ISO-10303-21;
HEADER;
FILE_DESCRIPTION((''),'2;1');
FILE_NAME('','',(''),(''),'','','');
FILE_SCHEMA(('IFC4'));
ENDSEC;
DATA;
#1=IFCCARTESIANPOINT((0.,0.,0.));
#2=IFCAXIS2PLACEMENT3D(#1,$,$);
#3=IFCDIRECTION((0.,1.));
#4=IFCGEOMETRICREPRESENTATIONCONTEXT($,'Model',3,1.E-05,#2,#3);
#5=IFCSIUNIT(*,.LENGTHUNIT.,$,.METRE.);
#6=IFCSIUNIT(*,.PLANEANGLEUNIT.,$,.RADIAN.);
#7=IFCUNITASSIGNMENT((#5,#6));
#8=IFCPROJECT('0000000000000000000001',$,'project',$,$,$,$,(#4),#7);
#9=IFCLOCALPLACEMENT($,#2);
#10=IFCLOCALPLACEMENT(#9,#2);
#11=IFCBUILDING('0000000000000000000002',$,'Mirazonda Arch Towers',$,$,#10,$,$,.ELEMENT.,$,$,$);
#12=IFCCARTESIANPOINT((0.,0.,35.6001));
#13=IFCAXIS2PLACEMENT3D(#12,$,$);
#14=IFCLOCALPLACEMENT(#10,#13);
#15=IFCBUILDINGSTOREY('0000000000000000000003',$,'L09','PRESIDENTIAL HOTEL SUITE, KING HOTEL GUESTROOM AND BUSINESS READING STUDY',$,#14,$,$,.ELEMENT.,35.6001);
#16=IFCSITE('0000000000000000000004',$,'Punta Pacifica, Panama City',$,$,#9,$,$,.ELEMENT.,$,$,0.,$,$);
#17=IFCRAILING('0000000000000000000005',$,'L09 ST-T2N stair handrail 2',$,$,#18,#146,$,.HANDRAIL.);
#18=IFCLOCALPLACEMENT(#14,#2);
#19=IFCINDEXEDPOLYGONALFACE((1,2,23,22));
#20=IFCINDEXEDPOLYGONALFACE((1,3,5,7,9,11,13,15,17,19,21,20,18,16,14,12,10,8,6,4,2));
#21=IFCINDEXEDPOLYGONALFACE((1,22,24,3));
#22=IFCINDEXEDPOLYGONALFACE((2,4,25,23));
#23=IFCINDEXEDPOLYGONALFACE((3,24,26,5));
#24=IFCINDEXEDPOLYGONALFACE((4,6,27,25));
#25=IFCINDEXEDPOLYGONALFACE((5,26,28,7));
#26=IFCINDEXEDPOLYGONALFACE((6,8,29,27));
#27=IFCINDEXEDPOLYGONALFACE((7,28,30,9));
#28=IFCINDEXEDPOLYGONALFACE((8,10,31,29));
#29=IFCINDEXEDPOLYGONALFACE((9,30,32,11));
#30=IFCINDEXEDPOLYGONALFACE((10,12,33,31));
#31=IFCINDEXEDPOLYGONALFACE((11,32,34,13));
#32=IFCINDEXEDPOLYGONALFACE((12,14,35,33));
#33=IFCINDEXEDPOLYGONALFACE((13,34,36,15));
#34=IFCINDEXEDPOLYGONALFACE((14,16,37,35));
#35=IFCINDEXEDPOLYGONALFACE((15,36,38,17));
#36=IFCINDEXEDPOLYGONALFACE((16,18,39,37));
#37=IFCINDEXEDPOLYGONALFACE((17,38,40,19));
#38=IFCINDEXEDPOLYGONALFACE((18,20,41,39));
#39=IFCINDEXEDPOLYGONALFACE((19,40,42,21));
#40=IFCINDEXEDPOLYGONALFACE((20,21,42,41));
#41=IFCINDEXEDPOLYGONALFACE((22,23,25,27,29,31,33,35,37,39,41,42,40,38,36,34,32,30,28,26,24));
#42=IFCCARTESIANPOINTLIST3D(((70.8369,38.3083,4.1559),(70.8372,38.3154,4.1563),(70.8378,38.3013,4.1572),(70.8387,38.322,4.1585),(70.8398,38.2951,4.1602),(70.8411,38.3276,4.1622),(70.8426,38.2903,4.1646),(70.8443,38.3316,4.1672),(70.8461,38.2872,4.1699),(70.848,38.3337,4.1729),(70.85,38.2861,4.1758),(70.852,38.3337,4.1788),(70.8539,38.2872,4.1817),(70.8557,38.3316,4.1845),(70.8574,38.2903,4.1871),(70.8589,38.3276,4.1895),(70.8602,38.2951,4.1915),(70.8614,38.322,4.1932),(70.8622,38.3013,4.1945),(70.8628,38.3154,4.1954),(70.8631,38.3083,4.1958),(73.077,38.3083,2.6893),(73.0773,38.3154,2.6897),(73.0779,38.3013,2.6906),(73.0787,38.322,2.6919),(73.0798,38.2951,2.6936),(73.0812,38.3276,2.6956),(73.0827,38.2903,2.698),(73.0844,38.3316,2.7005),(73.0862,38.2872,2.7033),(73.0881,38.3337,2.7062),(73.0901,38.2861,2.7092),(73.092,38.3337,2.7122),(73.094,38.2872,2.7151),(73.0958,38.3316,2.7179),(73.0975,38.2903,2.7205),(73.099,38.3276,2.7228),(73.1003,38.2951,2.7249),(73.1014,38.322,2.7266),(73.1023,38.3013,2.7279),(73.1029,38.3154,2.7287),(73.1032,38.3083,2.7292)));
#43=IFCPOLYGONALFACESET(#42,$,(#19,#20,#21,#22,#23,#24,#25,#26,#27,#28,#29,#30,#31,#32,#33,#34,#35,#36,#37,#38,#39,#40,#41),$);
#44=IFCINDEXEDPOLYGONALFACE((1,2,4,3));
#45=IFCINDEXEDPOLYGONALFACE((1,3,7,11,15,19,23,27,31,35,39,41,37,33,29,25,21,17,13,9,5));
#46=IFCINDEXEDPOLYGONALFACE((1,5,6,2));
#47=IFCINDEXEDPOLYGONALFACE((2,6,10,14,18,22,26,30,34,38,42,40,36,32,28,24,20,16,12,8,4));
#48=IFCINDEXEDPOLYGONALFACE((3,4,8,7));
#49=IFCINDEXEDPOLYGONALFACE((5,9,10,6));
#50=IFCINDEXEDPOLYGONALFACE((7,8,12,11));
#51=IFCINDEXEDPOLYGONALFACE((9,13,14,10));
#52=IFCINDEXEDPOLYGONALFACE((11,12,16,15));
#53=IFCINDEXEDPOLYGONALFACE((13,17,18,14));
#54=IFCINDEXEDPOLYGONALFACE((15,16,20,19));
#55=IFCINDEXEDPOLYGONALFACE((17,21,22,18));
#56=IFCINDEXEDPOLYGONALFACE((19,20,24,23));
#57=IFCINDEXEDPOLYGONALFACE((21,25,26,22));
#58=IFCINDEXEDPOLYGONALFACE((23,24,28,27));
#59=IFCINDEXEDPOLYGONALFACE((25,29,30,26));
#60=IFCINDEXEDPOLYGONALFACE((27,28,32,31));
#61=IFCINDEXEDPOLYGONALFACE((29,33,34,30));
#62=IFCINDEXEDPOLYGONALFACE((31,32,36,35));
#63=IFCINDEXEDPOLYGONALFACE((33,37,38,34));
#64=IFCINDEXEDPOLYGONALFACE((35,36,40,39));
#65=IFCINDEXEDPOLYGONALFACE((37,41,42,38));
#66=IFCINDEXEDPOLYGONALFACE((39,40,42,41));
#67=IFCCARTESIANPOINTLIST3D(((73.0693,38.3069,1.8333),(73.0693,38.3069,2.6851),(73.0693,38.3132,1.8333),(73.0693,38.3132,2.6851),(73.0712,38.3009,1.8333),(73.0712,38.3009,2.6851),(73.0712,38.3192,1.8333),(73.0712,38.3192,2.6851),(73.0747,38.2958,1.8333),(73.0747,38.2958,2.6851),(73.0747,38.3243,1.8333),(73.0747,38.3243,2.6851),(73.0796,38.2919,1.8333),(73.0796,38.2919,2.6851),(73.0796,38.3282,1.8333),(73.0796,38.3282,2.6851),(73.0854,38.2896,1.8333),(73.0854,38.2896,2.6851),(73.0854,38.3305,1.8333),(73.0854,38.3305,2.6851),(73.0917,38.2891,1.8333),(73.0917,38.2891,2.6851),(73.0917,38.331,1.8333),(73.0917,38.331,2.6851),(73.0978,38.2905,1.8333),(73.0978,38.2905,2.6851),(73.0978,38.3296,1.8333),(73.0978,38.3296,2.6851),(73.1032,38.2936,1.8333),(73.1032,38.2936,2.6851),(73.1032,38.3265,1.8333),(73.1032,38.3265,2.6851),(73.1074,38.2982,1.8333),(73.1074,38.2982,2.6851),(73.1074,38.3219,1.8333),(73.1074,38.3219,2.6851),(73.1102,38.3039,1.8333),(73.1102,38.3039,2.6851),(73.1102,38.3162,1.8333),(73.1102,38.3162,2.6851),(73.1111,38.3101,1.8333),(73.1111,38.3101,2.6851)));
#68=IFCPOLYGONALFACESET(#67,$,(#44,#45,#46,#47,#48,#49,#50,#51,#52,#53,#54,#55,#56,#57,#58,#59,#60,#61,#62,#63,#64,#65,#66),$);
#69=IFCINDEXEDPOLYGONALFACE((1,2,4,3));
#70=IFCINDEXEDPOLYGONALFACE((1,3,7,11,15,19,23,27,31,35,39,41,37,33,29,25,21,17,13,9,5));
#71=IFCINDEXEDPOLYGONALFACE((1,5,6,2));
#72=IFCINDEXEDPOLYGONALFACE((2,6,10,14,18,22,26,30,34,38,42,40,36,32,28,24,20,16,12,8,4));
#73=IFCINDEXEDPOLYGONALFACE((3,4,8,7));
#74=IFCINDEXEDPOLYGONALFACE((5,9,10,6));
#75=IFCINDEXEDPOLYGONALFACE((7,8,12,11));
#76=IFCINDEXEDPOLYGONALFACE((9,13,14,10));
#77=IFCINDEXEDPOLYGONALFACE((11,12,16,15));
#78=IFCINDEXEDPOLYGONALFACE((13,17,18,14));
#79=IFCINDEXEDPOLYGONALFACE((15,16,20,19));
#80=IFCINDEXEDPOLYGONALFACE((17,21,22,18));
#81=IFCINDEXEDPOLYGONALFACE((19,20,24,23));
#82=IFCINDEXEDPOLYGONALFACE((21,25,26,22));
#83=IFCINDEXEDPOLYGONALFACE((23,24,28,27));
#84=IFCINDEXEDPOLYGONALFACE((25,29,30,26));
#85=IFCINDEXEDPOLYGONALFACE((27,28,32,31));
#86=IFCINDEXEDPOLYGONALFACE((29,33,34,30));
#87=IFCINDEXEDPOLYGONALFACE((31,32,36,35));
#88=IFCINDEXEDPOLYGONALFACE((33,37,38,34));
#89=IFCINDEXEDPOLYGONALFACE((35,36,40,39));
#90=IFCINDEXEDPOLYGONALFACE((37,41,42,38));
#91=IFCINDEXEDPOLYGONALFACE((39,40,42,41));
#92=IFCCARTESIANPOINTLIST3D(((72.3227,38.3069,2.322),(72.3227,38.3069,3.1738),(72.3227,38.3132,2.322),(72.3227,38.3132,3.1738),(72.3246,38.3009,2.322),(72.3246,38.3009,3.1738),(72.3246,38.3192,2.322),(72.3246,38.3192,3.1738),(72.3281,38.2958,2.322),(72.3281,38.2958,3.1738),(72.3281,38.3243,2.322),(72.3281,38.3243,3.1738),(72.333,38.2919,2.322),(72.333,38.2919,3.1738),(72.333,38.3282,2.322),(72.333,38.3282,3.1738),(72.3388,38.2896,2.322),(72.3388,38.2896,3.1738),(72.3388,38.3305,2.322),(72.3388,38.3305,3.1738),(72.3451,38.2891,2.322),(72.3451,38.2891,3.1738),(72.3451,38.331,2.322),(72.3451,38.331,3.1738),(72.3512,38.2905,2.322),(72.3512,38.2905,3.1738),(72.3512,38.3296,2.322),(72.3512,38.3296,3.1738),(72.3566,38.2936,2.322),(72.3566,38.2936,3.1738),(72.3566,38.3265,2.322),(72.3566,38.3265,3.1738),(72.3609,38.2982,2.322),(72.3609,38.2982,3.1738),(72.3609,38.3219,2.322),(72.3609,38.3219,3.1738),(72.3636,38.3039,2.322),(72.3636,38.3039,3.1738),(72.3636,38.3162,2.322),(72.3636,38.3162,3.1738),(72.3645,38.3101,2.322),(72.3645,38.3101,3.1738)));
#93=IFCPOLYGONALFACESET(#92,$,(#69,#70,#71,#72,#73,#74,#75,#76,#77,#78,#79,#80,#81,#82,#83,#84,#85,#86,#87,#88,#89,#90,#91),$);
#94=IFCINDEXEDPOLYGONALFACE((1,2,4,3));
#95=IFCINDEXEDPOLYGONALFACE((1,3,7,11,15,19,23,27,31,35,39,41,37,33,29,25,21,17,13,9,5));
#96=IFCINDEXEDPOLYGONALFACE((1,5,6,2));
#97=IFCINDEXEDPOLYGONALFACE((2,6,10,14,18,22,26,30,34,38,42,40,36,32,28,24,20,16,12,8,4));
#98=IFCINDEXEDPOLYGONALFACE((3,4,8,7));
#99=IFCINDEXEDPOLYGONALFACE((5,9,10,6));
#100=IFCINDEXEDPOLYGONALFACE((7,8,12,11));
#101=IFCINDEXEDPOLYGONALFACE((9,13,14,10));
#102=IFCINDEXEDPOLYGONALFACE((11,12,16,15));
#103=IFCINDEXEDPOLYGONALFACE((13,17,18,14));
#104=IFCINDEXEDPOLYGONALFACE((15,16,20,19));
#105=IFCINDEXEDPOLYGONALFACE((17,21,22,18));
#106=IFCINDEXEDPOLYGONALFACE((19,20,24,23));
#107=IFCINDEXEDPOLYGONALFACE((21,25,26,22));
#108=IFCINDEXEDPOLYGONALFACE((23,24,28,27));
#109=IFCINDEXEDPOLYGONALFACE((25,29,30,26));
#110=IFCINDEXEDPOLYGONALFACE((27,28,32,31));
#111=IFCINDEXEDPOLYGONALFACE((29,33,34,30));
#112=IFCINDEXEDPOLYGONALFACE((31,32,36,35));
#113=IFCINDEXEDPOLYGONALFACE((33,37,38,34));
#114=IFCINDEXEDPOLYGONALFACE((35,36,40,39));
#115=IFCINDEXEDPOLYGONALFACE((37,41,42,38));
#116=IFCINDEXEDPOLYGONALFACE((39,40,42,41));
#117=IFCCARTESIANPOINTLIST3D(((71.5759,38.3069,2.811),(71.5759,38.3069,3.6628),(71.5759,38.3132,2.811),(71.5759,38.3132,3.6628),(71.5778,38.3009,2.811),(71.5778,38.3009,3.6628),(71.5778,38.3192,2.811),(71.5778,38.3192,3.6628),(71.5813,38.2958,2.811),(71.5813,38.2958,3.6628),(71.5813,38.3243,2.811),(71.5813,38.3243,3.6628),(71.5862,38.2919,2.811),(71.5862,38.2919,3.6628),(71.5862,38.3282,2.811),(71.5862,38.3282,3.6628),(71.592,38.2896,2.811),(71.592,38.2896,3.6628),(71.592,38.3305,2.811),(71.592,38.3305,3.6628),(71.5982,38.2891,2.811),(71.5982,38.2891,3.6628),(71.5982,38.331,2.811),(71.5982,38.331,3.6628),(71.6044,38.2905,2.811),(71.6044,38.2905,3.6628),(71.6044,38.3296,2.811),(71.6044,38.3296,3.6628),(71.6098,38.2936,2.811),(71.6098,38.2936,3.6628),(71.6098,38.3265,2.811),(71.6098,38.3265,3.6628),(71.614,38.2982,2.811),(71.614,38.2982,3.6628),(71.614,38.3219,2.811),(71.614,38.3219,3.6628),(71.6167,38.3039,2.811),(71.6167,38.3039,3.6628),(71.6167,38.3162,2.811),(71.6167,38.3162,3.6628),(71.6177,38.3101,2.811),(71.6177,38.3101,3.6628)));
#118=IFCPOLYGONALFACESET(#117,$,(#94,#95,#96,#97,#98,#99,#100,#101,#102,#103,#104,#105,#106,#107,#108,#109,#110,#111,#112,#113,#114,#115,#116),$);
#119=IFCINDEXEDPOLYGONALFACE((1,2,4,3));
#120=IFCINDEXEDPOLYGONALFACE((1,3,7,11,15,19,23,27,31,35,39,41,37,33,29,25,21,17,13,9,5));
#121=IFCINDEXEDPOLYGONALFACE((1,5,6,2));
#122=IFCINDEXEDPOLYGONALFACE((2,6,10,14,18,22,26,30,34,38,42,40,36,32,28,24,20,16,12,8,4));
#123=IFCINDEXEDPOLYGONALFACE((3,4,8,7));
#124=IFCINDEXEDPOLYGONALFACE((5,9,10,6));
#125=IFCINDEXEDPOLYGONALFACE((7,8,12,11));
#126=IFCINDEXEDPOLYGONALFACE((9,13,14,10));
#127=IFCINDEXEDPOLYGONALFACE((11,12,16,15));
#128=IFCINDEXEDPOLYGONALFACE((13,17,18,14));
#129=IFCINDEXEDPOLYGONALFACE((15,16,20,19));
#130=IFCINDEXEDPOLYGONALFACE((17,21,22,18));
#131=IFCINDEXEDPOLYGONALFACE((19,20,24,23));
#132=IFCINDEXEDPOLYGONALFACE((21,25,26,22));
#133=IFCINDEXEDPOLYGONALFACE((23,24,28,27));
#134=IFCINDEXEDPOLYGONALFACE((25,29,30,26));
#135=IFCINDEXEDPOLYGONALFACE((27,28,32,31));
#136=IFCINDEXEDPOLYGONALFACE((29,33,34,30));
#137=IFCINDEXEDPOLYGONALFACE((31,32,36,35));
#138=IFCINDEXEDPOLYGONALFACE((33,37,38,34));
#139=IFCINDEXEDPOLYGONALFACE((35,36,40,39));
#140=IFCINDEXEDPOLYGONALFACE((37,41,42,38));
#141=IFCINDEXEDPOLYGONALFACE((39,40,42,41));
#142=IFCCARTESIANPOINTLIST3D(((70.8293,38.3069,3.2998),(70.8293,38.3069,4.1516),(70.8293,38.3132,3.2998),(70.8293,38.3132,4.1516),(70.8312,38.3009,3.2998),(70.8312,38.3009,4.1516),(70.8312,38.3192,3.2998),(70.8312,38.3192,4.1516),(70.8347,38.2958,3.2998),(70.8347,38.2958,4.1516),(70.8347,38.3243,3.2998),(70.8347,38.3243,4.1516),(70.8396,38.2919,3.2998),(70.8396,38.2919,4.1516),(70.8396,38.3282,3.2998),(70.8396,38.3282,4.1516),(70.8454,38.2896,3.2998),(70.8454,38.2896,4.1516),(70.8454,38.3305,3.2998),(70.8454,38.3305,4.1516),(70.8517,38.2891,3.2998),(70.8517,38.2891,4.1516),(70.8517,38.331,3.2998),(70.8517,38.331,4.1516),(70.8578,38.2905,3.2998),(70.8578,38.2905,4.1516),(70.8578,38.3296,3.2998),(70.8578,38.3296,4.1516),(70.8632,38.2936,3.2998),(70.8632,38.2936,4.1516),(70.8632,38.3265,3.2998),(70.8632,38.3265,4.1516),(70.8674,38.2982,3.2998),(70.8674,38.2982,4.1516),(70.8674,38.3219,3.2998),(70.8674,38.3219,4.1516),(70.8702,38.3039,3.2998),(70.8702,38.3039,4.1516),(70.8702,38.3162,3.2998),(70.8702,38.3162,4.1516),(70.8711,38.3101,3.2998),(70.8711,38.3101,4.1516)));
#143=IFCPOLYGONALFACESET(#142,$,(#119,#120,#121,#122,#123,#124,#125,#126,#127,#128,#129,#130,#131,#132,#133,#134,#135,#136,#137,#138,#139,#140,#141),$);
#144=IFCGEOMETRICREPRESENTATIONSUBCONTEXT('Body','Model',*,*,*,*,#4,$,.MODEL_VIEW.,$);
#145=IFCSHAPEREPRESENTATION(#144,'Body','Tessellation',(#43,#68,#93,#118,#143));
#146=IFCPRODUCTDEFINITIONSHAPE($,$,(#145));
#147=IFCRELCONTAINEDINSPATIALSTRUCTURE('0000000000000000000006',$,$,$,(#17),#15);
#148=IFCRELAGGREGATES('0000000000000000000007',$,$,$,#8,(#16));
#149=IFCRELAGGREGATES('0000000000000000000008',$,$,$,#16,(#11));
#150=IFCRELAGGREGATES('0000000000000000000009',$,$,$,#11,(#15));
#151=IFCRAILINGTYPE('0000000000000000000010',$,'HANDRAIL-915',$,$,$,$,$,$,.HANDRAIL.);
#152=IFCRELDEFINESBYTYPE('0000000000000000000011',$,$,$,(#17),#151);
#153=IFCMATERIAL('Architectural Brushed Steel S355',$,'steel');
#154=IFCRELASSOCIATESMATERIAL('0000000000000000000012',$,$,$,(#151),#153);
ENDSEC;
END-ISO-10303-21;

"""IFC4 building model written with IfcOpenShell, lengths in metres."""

from ifc_helpers import new_model, si_unit, direction, frame, origin, origin_2d, place, context, subcontext, project, spatial, circle, extrude, material, type_object, element, save


model = new_model("IFC4")

# Units and contexts
model_context = context("Model", 3, precision=1e-05, world=origin(), true_north=direction((0.0, 1.0)))
body_context = subcontext(model_context, "Body", "Model", "MODEL_VIEW")
ifc_project = project(units=[si_unit("LENGTHUNIT", "METRE"), si_unit("PLANEANGLEUNIT", "RADIAN")], contexts=[model_context])

# Site, building, storey
site_placement = place(None, origin())
site = spatial("IfcSite", under=ifc_project, at=site_placement, Name="Punta Pacifica, Panama City", CompositionType="ELEMENT", RefElevation=0.0)
building_placement = place(site_placement, origin())
building = spatial("IfcBuilding", under=site, at=building_placement, Name="Mirazonda Arch Towers", CompositionType="ELEMENT")
storey_placement = place(building_placement, frame((0.0, 0.0, 35.6001)))
storey = spatial("IfcBuildingStorey", under=building, at=storey_placement, Name="L09", Description="PRESIDENTIAL HOTEL SUITE, KING HOTEL GUESTROOM AND BUSINESS READING STUDY", CompositionType="ELEMENT", Elevation=35.6001)

# Railing
ifc_material_1 = material(Name="Architectural Brushed Steel S355", Category="steel")
railing_type_1 = type_object("IfcRailingType", Name="HANDRAIL-915", PredefinedType="HANDRAIL", material=ifc_material_1)
railing_1_placement = place(storey_placement, frame((73.0901, 38.3101, 1.8333)))
element("IfcRailing", 1, at=railing_1_placement, inside=storey, type_object=railing_type_1, Name="L09 ST-T2N stair handrail 2", PredefinedType="HANDRAIL", context=body_context, shape_type="SweptSolid", body=[
    extrude(circle(Radius=0.0239, at=origin_2d()), frame((0.0, 0.0, 0.876), z_axis=(-0.836637, 0.0, 0.547758), x_axis=(0.0, -1.0, 0.0)), (0.0, 0.0, 1.0), 2.6775),
    extrude(circle(Radius=0.021, at=origin_2d()), origin(), (0.0, 0.0, 1.0), 0.8518),
    extrude(circle(Radius=0.021, at=origin_2d()), frame((-0.7466, 0.0, 0.4888)), (0.0, 0.0, 1.0), 0.8518),
    extrude(circle(Radius=0.021, at=origin_2d()), frame((-1.4934, 0.0, 0.9778)), (0.0, 0.0, 1.0), 0.8518),
    extrude(circle(Radius=0.021, at=origin_2d()), frame((-2.24, 0.0, 1.4666)), (0.0, 0.0, 1.0), 0.8518),
])

save(model, "model.ifc")
